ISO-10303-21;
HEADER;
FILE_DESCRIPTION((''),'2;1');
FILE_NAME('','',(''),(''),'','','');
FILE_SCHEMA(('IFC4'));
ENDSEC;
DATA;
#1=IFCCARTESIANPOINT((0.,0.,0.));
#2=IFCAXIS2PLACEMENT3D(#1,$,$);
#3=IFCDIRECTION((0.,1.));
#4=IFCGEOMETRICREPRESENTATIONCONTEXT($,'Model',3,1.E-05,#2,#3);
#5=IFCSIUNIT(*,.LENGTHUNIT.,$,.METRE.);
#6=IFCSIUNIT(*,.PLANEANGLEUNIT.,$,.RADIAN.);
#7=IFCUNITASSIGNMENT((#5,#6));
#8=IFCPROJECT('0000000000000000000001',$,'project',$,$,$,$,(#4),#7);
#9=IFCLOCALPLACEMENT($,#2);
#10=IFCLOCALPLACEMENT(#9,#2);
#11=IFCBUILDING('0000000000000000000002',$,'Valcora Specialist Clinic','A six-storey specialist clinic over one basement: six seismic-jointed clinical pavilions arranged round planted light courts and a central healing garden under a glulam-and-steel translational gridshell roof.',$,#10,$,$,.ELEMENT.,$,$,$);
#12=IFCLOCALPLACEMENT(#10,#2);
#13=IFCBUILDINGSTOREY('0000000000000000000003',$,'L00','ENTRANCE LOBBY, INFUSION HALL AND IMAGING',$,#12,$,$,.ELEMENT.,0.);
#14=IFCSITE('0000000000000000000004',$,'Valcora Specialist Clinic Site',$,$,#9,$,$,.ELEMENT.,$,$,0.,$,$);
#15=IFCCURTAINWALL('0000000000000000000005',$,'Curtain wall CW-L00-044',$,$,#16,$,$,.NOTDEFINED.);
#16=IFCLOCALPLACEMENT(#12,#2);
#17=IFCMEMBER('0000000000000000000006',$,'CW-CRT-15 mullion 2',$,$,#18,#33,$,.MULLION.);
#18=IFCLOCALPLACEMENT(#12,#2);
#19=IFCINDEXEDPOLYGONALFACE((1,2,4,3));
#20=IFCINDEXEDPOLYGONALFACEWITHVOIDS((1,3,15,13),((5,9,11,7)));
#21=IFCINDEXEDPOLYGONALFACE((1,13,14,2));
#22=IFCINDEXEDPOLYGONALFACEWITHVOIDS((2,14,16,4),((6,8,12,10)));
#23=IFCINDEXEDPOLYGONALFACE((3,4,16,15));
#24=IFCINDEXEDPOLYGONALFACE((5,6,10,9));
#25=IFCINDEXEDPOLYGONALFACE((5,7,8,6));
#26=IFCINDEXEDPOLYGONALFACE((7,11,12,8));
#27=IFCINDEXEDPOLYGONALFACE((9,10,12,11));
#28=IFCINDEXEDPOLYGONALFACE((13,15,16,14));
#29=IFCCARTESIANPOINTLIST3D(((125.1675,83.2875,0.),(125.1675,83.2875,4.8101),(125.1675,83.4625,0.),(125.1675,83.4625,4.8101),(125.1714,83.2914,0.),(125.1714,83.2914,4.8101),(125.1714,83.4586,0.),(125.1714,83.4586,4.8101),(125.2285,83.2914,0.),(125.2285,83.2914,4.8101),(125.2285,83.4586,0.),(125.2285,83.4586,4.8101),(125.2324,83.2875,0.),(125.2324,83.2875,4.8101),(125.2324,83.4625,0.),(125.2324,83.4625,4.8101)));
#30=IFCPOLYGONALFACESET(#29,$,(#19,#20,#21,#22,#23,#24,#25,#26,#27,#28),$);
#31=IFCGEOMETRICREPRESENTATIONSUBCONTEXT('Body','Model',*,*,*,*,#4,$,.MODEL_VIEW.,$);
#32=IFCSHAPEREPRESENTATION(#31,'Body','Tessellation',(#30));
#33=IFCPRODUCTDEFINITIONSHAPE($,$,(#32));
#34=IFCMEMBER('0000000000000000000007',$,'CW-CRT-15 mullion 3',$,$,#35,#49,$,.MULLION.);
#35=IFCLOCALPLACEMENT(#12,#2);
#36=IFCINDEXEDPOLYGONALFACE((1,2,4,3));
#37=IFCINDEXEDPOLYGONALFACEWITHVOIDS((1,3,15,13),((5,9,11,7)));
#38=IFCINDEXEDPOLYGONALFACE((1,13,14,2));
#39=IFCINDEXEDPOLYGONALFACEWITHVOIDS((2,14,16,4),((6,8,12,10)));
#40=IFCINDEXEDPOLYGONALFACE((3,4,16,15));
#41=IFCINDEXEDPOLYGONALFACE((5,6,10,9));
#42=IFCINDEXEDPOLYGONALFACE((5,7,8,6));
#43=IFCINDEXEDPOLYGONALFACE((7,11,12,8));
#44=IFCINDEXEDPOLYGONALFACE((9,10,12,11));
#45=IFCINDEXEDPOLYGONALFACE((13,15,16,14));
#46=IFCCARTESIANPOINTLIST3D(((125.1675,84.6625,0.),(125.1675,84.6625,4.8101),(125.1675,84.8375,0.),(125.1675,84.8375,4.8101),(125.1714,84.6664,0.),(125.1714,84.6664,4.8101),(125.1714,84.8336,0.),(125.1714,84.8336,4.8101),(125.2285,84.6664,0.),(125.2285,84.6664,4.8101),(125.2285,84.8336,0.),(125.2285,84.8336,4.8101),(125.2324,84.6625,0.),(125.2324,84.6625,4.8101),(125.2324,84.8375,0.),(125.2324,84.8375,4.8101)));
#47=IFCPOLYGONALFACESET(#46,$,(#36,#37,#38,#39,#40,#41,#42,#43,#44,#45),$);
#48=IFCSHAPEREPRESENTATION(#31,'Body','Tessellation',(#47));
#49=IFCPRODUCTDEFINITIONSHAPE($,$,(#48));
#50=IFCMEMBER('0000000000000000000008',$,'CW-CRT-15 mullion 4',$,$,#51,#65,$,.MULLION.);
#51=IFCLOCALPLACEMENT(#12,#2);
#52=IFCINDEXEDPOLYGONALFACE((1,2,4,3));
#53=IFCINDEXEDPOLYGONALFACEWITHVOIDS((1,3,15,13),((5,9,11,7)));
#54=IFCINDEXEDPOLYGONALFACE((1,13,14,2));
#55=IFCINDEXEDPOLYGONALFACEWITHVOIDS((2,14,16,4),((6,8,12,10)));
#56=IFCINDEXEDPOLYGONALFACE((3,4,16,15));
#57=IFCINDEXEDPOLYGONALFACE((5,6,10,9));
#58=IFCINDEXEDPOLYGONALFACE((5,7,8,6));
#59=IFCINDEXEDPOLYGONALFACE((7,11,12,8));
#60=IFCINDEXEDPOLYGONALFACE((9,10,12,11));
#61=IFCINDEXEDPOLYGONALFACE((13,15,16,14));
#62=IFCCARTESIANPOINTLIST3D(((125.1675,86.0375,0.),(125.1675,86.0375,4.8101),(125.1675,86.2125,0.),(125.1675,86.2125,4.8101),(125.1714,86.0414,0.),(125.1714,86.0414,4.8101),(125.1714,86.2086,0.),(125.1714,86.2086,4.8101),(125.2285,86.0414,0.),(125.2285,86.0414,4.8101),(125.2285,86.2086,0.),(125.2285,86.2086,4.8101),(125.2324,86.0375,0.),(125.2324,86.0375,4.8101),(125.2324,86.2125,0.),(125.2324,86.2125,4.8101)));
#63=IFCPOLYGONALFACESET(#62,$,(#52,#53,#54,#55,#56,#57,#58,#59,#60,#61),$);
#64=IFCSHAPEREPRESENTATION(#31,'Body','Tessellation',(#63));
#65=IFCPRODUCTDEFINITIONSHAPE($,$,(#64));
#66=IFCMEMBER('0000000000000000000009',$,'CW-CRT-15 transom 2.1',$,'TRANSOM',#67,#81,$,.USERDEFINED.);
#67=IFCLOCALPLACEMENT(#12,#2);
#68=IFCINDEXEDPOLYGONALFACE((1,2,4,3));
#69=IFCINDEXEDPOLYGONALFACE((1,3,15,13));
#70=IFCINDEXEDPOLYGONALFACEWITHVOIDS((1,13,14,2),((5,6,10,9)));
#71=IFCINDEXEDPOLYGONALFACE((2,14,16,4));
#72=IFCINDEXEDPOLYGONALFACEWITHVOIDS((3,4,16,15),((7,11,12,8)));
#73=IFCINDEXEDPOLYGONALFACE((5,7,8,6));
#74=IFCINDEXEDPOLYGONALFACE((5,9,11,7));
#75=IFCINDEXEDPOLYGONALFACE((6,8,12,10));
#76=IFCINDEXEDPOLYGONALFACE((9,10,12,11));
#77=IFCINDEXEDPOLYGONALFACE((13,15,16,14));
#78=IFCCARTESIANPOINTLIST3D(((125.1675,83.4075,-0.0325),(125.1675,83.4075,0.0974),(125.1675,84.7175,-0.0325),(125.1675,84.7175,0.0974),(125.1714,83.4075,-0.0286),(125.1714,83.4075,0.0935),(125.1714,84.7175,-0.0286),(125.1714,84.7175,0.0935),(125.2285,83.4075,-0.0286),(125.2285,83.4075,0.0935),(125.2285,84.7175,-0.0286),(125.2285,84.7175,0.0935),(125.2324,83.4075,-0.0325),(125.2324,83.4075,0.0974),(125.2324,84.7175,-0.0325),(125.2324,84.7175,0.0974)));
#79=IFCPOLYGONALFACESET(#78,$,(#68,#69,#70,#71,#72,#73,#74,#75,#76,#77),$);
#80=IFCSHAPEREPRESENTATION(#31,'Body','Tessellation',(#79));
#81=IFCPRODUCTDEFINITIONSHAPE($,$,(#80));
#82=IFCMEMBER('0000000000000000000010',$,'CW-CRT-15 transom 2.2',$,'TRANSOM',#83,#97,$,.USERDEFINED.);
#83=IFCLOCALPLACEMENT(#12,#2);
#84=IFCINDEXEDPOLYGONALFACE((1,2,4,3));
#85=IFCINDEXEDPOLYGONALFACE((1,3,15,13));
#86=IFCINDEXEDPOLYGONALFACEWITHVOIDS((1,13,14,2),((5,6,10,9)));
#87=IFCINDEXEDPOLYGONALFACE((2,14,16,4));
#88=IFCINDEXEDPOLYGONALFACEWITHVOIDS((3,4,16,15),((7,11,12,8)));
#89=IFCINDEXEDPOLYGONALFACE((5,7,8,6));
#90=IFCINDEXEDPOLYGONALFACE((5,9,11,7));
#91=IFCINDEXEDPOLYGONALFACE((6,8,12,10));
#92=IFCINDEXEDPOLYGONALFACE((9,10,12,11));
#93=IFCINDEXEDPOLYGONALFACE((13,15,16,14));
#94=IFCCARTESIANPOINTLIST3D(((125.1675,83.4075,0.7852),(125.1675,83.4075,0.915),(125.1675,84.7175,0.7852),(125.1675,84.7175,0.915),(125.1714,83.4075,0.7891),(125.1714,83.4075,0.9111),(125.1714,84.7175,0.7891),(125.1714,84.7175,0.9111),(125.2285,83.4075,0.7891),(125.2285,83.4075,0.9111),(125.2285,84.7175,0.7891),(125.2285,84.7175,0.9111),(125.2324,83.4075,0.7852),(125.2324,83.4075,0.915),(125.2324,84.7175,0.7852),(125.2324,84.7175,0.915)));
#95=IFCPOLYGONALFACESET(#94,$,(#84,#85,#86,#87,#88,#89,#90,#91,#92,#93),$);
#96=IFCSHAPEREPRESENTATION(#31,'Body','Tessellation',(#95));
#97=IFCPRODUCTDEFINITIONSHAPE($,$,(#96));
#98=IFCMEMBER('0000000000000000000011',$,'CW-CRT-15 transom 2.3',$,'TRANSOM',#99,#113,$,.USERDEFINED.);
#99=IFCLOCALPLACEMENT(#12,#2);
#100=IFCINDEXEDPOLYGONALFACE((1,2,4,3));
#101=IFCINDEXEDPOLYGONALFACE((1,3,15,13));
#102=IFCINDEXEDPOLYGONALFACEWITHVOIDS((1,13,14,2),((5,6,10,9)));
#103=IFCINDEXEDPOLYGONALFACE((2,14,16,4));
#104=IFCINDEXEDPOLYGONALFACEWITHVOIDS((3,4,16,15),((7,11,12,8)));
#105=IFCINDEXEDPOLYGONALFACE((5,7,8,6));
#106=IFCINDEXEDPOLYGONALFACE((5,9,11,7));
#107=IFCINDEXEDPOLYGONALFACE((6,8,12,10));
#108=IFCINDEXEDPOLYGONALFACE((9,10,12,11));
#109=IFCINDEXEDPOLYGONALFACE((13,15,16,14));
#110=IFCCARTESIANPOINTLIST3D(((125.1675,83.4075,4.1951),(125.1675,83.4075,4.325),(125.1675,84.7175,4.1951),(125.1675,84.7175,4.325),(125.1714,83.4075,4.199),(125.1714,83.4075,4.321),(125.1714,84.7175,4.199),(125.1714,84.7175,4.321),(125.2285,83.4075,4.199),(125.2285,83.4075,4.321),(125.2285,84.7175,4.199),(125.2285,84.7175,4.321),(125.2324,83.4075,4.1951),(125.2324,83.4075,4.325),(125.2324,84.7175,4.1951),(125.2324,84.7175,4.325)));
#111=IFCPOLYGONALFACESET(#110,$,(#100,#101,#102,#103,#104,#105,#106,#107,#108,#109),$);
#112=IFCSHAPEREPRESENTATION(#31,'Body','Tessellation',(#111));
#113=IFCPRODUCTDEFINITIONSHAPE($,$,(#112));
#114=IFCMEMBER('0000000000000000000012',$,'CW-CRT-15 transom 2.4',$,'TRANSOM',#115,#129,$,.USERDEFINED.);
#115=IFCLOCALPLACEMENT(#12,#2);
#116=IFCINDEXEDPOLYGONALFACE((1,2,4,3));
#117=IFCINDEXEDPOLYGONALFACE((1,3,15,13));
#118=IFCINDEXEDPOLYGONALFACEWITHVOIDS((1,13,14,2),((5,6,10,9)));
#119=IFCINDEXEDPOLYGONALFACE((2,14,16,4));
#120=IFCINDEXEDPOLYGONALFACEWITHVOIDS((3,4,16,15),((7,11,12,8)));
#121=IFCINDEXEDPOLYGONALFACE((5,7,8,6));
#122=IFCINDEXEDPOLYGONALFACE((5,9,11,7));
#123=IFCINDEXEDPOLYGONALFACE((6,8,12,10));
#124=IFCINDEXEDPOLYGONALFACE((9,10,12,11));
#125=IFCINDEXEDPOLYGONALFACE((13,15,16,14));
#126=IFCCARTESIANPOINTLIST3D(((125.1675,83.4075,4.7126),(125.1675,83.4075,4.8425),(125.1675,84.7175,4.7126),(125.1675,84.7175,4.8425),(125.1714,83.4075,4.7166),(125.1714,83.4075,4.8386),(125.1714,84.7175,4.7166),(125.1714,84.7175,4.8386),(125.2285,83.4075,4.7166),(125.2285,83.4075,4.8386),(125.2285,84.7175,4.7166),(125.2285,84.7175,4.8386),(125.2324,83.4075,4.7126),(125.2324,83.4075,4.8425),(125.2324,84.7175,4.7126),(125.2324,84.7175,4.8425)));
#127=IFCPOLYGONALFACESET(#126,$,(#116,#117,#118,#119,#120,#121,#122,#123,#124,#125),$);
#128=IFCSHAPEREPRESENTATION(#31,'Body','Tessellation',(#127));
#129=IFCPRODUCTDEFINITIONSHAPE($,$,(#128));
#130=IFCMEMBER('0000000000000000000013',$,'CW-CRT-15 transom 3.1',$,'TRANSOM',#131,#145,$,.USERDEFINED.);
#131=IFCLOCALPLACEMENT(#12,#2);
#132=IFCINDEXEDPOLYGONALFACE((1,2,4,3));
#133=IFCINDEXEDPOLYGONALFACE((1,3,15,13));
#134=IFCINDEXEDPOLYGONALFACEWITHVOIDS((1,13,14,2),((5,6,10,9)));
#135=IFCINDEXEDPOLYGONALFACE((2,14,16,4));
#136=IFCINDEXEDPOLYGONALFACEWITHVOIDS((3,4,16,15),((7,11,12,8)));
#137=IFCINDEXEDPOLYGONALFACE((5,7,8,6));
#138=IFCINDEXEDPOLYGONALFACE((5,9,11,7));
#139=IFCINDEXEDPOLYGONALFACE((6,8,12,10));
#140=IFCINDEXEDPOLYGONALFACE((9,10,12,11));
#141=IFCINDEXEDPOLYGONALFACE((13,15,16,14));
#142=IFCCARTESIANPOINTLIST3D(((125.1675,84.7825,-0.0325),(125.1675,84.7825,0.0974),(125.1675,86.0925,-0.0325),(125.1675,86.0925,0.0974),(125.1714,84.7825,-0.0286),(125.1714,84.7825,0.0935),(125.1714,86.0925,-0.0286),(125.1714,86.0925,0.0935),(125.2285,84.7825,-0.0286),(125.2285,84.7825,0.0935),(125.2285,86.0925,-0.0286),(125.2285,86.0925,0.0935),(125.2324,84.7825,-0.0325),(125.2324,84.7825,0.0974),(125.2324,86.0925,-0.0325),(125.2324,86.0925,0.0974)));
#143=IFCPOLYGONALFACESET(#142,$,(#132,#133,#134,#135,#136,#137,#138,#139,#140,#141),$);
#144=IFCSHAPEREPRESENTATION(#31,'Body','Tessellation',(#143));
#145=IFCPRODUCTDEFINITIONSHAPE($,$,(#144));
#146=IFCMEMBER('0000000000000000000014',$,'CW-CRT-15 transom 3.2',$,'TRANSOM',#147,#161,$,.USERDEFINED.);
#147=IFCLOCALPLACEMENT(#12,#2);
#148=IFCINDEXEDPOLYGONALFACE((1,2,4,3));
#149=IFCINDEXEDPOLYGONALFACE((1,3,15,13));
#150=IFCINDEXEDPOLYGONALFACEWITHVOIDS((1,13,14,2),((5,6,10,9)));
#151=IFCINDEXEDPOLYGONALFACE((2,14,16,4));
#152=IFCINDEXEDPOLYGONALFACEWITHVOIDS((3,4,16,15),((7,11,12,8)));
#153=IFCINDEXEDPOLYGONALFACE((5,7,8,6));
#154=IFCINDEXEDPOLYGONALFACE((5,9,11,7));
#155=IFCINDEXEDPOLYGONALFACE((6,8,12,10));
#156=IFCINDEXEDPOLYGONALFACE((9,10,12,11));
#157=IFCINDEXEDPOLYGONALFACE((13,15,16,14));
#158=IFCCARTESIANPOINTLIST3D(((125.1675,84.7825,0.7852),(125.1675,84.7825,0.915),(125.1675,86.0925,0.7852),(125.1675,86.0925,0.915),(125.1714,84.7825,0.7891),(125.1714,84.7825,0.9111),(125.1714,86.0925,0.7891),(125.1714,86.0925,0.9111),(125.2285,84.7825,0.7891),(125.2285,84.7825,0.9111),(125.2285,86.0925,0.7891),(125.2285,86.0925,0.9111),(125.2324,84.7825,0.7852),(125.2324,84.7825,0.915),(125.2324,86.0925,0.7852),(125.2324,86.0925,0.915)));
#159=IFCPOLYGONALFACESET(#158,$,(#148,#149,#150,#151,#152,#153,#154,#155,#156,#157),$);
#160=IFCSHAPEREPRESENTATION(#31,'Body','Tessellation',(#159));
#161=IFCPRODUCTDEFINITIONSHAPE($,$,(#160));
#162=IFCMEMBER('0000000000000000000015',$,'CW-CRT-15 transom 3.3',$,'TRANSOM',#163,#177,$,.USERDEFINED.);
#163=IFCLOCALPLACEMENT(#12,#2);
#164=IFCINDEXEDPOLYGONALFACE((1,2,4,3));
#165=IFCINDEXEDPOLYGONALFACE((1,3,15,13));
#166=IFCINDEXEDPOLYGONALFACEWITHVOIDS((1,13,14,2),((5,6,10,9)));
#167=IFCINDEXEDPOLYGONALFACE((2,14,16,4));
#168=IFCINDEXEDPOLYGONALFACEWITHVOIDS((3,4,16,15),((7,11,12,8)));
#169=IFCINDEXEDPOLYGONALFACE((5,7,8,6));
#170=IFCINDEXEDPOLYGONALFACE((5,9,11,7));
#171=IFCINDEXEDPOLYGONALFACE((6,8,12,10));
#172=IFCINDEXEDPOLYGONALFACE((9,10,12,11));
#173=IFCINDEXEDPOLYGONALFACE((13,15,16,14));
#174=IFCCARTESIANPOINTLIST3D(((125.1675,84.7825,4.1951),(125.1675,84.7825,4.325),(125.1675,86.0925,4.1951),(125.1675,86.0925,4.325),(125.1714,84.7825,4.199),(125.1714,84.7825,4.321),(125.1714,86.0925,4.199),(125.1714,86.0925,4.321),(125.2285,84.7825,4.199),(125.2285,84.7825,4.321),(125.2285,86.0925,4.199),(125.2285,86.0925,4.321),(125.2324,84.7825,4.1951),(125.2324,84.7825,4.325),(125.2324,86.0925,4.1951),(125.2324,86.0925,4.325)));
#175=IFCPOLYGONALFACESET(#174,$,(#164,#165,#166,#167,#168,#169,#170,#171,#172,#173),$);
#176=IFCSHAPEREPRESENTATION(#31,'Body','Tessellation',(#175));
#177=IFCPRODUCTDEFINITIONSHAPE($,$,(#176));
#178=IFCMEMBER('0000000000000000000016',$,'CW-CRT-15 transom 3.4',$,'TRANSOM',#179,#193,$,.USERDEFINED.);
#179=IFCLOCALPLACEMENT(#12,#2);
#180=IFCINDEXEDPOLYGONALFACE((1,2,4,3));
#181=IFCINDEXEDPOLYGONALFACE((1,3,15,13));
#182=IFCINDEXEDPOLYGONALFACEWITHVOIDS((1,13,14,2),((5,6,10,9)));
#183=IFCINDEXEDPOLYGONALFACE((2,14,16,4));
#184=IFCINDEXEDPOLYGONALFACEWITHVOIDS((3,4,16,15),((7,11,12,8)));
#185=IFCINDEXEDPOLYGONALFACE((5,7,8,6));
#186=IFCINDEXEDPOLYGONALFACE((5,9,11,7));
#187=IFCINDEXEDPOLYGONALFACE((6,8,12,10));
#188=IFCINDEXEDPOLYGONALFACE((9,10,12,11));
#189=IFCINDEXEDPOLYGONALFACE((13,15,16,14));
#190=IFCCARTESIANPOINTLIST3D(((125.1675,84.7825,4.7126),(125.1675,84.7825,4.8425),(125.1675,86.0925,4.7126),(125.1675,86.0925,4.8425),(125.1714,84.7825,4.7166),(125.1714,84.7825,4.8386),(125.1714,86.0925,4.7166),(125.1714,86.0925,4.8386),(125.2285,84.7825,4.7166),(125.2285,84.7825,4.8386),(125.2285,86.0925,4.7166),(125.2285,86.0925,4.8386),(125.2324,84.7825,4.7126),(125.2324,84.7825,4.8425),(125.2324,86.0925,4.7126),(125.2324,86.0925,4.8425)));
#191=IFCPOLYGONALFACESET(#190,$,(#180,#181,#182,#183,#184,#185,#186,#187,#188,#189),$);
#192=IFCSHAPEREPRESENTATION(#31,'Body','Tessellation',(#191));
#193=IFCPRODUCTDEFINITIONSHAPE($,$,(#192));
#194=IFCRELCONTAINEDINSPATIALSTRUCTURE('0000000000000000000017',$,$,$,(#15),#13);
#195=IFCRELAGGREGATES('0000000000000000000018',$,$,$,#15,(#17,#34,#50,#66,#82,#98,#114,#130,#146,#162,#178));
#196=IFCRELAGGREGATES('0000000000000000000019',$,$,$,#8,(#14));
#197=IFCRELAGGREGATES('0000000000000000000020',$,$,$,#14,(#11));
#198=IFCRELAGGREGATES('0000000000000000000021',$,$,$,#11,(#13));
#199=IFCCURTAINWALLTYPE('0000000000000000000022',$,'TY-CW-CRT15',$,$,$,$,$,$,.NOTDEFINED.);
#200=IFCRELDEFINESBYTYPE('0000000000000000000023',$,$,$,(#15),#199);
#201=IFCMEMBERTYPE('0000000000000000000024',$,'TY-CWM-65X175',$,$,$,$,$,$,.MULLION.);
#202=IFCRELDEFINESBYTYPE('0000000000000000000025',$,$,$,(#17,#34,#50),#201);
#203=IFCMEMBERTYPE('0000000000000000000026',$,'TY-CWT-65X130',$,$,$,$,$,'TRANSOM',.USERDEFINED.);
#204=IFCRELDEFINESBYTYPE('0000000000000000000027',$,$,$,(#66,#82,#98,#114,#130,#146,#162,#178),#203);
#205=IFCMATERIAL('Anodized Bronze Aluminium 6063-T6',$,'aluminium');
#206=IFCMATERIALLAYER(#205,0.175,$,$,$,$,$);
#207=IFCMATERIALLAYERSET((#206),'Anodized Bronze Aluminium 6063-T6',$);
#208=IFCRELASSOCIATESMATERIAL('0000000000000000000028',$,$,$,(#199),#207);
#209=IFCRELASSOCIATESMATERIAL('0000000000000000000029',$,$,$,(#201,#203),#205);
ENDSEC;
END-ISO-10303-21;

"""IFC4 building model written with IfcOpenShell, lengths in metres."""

from ifc_helpers import new_model, si_unit, direction, frame, origin, origin_2d, place, context, subcontext, project, spatial, hollow_rectangle, extrude, material, layer, layer_set, material_profile, profile_set, type_object, element, aggregate, save


model = new_model("IFC4")

# Units and contexts
model_context = context("Model", 3, precision=1e-05, world=origin(), true_north=direction((0.0, 1.0)))
body_context = subcontext(model_context, "Body", "Model", "MODEL_VIEW")
ifc_project = project(units=[si_unit("LENGTHUNIT", "METRE"), si_unit("PLANEANGLEUNIT", "RADIAN")], contexts=[model_context])

# Site, building, storey
site_placement = place(None, origin())
site = spatial("IfcSite", under=ifc_project, at=site_placement, Name="Valcora Specialist Clinic Site", CompositionType="ELEMENT", RefElevation=0.0)
building_placement = place(site_placement, origin())
building = spatial("IfcBuilding", under=site, at=building_placement, Name="Valcora Specialist Clinic", Description="A six-storey specialist clinic over one basement: six seismic-jointed clinical pavilions arranged round planted light courts and a central healing garden under a glulam-and-steel translational gridshell roof.", CompositionType="ELEMENT")
storey_placement = place(building_placement, origin())
storey = spatial("IfcBuildingStorey", under=building, at=storey_placement, Name="L00", Description="ENTRANCE LOBBY, INFUSION HALL AND IMAGING", CompositionType="ELEMENT", Elevation=0.0)

# Curtain wall, members
ifc_material_1 = material(Name="Anodized Bronze Aluminium 6063-T6", Category="aluminium")
ifc_layer_1 = layer(ifc_material_1, 0.175)
ifc_layer_set_1 = layer_set([ifc_layer_1], Name="Anodized Bronze Aluminium 6063-T6")
curtain_wall_type = type_object("IfcCurtainWallType", Name="TY-CW-CRT15", PredefinedType="NOTDEFINED", material=ifc_layer_set_1)
curtain_wall_placement = place(storey_placement, origin())
curtain_wall = element("IfcCurtainWall", 1, at=curtain_wall_placement, inside=storey, type_object=curtain_wall_type, Name="Curtain wall CW-L00-044", PredefinedType="NOTDEFINED")
ifc_material_profile_1 = material_profile(ifc_material_1, hollow_rectangle(XDim=0.0649, YDim=0.175, WallThickness=0.0039, at=origin_2d()), Name="AL-MUL-65X175")
ifc_profile_set_1 = profile_set([ifc_material_profile_1], Name="Anodized Bronze Aluminium 6063-T6")
member_type_1 = type_object("IfcMemberType", Name="TY-CWM-65X175", PredefinedType="MULLION", material=ifc_profile_set_1)
member_1_placement = place(storey_placement, frame((125.2, 83.375, 0.0), z_axis=(0.0, 0.0, 1.0), x_axis=(-1.0, 0.0, 0.0)))
member_1 = element("IfcMember", 2, at=member_1_placement, type_object=member_type_1, Name="CW-CRT-15 mullion 2", PredefinedType="MULLION", context=body_context, shape_type="SweptSolid", body=[
    extrude(hollow_rectangle(XDim=0.0649, YDim=0.175, WallThickness=0.0039, at=origin_2d()), origin(), (0.0, 0.0, 1.0), 4.8101),
])
member_2_placement = place(storey_placement, frame((125.2, 84.75, 0.0), z_axis=(0.0, 0.0, 1.0), x_axis=(-1.0, 0.0, 0.0)))
member_2 = element("IfcMember", 3, at=member_2_placement, type_object=member_type_1, Name="CW-CRT-15 mullion 3", PredefinedType="MULLION", context=body_context, shape_type="SweptSolid", body=[
    extrude(hollow_rectangle(XDim=0.0649, YDim=0.175, WallThickness=0.0039, at=origin_2d()), origin(), (0.0, 0.0, 1.0), 4.8101),
])
member_3_placement = place(storey_placement, frame((125.2, 86.125, 0.0), z_axis=(0.0, 0.0, 1.0), x_axis=(-1.0, 0.0, 0.0)))
member_3 = element("IfcMember", 4, at=member_3_placement, type_object=member_type_1, Name="CW-CRT-15 mullion 4", PredefinedType="MULLION", context=body_context, shape_type="SweptSolid", body=[
    extrude(hollow_rectangle(XDim=0.0649, YDim=0.175, WallThickness=0.0039, at=origin_2d()), origin(), (0.0, 0.0, 1.0), 4.8101),
])
ifc_material_profile_2 = material_profile(ifc_material_1, hollow_rectangle(XDim=0.0649, YDim=0.1299, WallThickness=0.0039, at=origin_2d()), Name="AL-TRN-65X130")
ifc_profile_set_2 = profile_set([ifc_material_profile_2], Name="Anodized Bronze Aluminium 6063-T6")
member_type_2 = type_object("IfcMemberType", Name="TY-CWT-65X130", ElementType="TRANSOM", PredefinedType="USERDEFINED", material=ifc_profile_set_2)
member_4_placement = place(storey_placement, frame((125.2, 83.4075, 0.0325), z_axis=(0.0, 1.0, 0.0), x_axis=(-1.0, 0.0, 0.0)))
member_4 = element("IfcMember", 5, at=member_4_placement, type_object=member_type_2, Name="CW-CRT-15 transom 2.1", ObjectType="TRANSOM", PredefinedType="USERDEFINED", context=body_context, shape_type="SweptSolid", body=[
    extrude(hollow_rectangle(XDim=0.0649, YDim=0.1299, WallThickness=0.0039, at=origin_2d()), origin(), (0.0, 0.0, 1.0), 1.3101),
])
member_5_placement = place(storey_placement, frame((125.2, 83.4075, 0.8501), z_axis=(0.0, 1.0, 0.0), x_axis=(-1.0, 0.0, 0.0)))
member_5 = element("IfcMember", 6, at=member_5_placement, type_object=member_type_2, Name="CW-CRT-15 transom 2.2", ObjectType="TRANSOM", PredefinedType="USERDEFINED", context=body_context, shape_type="SweptSolid", body=[
    extrude(hollow_rectangle(XDim=0.0649, YDim=0.1299, WallThickness=0.0039, at=origin_2d()), origin(), (0.0, 0.0, 1.0), 1.3101),
])
member_6_placement = place(storey_placement, frame((125.2, 83.4075, 4.26), z_axis=(0.0, 1.0, 0.0), x_axis=(-1.0, 0.0, 0.0)))
member_6 = element("IfcMember", 7, at=member_6_placement, type_object=member_type_2, Name="CW-CRT-15 transom 2.3", ObjectType="TRANSOM", PredefinedType="USERDEFINED", context=body_context, shape_type="SweptSolid", body=[
    extrude(hollow_rectangle(XDim=0.0649, YDim=0.1299, WallThickness=0.0039, at=origin_2d()), origin(), (0.0, 0.0, 1.0), 1.3101),
])
member_7_placement = place(storey_placement, frame((125.2, 83.4075, 4.7776), z_axis=(0.0, 1.0, 0.0), x_axis=(-1.0, 0.0, 0.0)))
member_7 = element("IfcMember", 8, at=member_7_placement, type_object=member_type_2, Name="CW-CRT-15 transom 2.4", ObjectType="TRANSOM", PredefinedType="USERDEFINED", context=body_context, shape_type="SweptSolid", body=[
    extrude(hollow_rectangle(XDim=0.0649, YDim=0.1299, WallThickness=0.0039, at=origin_2d()), origin(), (0.0, 0.0, 1.0), 1.3101),
])
member_8_placement = place(storey_placement, frame((125.2, 84.7825, 0.0325), z_axis=(0.0, 1.0, 0.0), x_axis=(-1.0, 0.0, 0.0)))
member_8 = element("IfcMember", 9, at=member_8_placement, type_object=member_type_2, Name="CW-CRT-15 transom 3.1", ObjectType="TRANSOM", PredefinedType="USERDEFINED", context=body_context, shape_type="SweptSolid", body=[
    extrude(hollow_rectangle(XDim=0.0649, YDim=0.1299, WallThickness=0.0039, at=origin_2d()), origin(), (0.0, 0.0, 1.0), 1.3101),
])
member_9_placement = place(storey_placement, frame((125.2, 84.7825, 0.8501), z_axis=(0.0, 1.0, 0.0), x_axis=(-1.0, 0.0, 0.0)))
member_9 = element("IfcMember", 10, at=member_9_placement, type_object=member_type_2, Name="CW-CRT-15 transom 3.2", ObjectType="TRANSOM", PredefinedType="USERDEFINED", context=body_context, shape_type="SweptSolid", body=[
    extrude(hollow_rectangle(XDim=0.0649, YDim=0.1299, WallThickness=0.0039, at=origin_2d()), origin(), (0.0, 0.0, 1.0), 1.3101),
])
member_10_placement = place(storey_placement, frame((125.2, 84.7825, 4.26), z_axis=(0.0, 1.0, 0.0), x_axis=(-1.0, 0.0, 0.0)))
member_10 = element("IfcMember", 11, at=member_10_placement, type_object=member_type_2, Name="CW-CRT-15 transom 3.3", ObjectType="TRANSOM", PredefinedType="USERDEFINED", context=body_context, shape_type="SweptSolid", body=[
    extrude(hollow_rectangle(XDim=0.0649, YDim=0.1299, WallThickness=0.0039, at=origin_2d()), origin(), (0.0, 0.0, 1.0), 1.3101),
])
member_11_placement = place(storey_placement, frame((125.2, 84.7825, 4.7776), z_axis=(0.0, 1.0, 0.0), x_axis=(-1.0, 0.0, 0.0)))
member_11 = element("IfcMember", 12, at=member_11_placement, type_object=member_type_2, Name="CW-CRT-15 transom 3.4", ObjectType="TRANSOM", PredefinedType="USERDEFINED", context=body_context, shape_type="SweptSolid", body=[
    extrude(hollow_rectangle(XDim=0.0649, YDim=0.1299, WallThickness=0.0039, at=origin_2d()), origin(), (0.0, 0.0, 1.0), 1.3101),
])
aggregate(curtain_wall, [member_1, member_2, member_3, member_4, member_5, member_6, member_7, member_8, member_9, member_10, member_11])

save(model, "model.ifc")
